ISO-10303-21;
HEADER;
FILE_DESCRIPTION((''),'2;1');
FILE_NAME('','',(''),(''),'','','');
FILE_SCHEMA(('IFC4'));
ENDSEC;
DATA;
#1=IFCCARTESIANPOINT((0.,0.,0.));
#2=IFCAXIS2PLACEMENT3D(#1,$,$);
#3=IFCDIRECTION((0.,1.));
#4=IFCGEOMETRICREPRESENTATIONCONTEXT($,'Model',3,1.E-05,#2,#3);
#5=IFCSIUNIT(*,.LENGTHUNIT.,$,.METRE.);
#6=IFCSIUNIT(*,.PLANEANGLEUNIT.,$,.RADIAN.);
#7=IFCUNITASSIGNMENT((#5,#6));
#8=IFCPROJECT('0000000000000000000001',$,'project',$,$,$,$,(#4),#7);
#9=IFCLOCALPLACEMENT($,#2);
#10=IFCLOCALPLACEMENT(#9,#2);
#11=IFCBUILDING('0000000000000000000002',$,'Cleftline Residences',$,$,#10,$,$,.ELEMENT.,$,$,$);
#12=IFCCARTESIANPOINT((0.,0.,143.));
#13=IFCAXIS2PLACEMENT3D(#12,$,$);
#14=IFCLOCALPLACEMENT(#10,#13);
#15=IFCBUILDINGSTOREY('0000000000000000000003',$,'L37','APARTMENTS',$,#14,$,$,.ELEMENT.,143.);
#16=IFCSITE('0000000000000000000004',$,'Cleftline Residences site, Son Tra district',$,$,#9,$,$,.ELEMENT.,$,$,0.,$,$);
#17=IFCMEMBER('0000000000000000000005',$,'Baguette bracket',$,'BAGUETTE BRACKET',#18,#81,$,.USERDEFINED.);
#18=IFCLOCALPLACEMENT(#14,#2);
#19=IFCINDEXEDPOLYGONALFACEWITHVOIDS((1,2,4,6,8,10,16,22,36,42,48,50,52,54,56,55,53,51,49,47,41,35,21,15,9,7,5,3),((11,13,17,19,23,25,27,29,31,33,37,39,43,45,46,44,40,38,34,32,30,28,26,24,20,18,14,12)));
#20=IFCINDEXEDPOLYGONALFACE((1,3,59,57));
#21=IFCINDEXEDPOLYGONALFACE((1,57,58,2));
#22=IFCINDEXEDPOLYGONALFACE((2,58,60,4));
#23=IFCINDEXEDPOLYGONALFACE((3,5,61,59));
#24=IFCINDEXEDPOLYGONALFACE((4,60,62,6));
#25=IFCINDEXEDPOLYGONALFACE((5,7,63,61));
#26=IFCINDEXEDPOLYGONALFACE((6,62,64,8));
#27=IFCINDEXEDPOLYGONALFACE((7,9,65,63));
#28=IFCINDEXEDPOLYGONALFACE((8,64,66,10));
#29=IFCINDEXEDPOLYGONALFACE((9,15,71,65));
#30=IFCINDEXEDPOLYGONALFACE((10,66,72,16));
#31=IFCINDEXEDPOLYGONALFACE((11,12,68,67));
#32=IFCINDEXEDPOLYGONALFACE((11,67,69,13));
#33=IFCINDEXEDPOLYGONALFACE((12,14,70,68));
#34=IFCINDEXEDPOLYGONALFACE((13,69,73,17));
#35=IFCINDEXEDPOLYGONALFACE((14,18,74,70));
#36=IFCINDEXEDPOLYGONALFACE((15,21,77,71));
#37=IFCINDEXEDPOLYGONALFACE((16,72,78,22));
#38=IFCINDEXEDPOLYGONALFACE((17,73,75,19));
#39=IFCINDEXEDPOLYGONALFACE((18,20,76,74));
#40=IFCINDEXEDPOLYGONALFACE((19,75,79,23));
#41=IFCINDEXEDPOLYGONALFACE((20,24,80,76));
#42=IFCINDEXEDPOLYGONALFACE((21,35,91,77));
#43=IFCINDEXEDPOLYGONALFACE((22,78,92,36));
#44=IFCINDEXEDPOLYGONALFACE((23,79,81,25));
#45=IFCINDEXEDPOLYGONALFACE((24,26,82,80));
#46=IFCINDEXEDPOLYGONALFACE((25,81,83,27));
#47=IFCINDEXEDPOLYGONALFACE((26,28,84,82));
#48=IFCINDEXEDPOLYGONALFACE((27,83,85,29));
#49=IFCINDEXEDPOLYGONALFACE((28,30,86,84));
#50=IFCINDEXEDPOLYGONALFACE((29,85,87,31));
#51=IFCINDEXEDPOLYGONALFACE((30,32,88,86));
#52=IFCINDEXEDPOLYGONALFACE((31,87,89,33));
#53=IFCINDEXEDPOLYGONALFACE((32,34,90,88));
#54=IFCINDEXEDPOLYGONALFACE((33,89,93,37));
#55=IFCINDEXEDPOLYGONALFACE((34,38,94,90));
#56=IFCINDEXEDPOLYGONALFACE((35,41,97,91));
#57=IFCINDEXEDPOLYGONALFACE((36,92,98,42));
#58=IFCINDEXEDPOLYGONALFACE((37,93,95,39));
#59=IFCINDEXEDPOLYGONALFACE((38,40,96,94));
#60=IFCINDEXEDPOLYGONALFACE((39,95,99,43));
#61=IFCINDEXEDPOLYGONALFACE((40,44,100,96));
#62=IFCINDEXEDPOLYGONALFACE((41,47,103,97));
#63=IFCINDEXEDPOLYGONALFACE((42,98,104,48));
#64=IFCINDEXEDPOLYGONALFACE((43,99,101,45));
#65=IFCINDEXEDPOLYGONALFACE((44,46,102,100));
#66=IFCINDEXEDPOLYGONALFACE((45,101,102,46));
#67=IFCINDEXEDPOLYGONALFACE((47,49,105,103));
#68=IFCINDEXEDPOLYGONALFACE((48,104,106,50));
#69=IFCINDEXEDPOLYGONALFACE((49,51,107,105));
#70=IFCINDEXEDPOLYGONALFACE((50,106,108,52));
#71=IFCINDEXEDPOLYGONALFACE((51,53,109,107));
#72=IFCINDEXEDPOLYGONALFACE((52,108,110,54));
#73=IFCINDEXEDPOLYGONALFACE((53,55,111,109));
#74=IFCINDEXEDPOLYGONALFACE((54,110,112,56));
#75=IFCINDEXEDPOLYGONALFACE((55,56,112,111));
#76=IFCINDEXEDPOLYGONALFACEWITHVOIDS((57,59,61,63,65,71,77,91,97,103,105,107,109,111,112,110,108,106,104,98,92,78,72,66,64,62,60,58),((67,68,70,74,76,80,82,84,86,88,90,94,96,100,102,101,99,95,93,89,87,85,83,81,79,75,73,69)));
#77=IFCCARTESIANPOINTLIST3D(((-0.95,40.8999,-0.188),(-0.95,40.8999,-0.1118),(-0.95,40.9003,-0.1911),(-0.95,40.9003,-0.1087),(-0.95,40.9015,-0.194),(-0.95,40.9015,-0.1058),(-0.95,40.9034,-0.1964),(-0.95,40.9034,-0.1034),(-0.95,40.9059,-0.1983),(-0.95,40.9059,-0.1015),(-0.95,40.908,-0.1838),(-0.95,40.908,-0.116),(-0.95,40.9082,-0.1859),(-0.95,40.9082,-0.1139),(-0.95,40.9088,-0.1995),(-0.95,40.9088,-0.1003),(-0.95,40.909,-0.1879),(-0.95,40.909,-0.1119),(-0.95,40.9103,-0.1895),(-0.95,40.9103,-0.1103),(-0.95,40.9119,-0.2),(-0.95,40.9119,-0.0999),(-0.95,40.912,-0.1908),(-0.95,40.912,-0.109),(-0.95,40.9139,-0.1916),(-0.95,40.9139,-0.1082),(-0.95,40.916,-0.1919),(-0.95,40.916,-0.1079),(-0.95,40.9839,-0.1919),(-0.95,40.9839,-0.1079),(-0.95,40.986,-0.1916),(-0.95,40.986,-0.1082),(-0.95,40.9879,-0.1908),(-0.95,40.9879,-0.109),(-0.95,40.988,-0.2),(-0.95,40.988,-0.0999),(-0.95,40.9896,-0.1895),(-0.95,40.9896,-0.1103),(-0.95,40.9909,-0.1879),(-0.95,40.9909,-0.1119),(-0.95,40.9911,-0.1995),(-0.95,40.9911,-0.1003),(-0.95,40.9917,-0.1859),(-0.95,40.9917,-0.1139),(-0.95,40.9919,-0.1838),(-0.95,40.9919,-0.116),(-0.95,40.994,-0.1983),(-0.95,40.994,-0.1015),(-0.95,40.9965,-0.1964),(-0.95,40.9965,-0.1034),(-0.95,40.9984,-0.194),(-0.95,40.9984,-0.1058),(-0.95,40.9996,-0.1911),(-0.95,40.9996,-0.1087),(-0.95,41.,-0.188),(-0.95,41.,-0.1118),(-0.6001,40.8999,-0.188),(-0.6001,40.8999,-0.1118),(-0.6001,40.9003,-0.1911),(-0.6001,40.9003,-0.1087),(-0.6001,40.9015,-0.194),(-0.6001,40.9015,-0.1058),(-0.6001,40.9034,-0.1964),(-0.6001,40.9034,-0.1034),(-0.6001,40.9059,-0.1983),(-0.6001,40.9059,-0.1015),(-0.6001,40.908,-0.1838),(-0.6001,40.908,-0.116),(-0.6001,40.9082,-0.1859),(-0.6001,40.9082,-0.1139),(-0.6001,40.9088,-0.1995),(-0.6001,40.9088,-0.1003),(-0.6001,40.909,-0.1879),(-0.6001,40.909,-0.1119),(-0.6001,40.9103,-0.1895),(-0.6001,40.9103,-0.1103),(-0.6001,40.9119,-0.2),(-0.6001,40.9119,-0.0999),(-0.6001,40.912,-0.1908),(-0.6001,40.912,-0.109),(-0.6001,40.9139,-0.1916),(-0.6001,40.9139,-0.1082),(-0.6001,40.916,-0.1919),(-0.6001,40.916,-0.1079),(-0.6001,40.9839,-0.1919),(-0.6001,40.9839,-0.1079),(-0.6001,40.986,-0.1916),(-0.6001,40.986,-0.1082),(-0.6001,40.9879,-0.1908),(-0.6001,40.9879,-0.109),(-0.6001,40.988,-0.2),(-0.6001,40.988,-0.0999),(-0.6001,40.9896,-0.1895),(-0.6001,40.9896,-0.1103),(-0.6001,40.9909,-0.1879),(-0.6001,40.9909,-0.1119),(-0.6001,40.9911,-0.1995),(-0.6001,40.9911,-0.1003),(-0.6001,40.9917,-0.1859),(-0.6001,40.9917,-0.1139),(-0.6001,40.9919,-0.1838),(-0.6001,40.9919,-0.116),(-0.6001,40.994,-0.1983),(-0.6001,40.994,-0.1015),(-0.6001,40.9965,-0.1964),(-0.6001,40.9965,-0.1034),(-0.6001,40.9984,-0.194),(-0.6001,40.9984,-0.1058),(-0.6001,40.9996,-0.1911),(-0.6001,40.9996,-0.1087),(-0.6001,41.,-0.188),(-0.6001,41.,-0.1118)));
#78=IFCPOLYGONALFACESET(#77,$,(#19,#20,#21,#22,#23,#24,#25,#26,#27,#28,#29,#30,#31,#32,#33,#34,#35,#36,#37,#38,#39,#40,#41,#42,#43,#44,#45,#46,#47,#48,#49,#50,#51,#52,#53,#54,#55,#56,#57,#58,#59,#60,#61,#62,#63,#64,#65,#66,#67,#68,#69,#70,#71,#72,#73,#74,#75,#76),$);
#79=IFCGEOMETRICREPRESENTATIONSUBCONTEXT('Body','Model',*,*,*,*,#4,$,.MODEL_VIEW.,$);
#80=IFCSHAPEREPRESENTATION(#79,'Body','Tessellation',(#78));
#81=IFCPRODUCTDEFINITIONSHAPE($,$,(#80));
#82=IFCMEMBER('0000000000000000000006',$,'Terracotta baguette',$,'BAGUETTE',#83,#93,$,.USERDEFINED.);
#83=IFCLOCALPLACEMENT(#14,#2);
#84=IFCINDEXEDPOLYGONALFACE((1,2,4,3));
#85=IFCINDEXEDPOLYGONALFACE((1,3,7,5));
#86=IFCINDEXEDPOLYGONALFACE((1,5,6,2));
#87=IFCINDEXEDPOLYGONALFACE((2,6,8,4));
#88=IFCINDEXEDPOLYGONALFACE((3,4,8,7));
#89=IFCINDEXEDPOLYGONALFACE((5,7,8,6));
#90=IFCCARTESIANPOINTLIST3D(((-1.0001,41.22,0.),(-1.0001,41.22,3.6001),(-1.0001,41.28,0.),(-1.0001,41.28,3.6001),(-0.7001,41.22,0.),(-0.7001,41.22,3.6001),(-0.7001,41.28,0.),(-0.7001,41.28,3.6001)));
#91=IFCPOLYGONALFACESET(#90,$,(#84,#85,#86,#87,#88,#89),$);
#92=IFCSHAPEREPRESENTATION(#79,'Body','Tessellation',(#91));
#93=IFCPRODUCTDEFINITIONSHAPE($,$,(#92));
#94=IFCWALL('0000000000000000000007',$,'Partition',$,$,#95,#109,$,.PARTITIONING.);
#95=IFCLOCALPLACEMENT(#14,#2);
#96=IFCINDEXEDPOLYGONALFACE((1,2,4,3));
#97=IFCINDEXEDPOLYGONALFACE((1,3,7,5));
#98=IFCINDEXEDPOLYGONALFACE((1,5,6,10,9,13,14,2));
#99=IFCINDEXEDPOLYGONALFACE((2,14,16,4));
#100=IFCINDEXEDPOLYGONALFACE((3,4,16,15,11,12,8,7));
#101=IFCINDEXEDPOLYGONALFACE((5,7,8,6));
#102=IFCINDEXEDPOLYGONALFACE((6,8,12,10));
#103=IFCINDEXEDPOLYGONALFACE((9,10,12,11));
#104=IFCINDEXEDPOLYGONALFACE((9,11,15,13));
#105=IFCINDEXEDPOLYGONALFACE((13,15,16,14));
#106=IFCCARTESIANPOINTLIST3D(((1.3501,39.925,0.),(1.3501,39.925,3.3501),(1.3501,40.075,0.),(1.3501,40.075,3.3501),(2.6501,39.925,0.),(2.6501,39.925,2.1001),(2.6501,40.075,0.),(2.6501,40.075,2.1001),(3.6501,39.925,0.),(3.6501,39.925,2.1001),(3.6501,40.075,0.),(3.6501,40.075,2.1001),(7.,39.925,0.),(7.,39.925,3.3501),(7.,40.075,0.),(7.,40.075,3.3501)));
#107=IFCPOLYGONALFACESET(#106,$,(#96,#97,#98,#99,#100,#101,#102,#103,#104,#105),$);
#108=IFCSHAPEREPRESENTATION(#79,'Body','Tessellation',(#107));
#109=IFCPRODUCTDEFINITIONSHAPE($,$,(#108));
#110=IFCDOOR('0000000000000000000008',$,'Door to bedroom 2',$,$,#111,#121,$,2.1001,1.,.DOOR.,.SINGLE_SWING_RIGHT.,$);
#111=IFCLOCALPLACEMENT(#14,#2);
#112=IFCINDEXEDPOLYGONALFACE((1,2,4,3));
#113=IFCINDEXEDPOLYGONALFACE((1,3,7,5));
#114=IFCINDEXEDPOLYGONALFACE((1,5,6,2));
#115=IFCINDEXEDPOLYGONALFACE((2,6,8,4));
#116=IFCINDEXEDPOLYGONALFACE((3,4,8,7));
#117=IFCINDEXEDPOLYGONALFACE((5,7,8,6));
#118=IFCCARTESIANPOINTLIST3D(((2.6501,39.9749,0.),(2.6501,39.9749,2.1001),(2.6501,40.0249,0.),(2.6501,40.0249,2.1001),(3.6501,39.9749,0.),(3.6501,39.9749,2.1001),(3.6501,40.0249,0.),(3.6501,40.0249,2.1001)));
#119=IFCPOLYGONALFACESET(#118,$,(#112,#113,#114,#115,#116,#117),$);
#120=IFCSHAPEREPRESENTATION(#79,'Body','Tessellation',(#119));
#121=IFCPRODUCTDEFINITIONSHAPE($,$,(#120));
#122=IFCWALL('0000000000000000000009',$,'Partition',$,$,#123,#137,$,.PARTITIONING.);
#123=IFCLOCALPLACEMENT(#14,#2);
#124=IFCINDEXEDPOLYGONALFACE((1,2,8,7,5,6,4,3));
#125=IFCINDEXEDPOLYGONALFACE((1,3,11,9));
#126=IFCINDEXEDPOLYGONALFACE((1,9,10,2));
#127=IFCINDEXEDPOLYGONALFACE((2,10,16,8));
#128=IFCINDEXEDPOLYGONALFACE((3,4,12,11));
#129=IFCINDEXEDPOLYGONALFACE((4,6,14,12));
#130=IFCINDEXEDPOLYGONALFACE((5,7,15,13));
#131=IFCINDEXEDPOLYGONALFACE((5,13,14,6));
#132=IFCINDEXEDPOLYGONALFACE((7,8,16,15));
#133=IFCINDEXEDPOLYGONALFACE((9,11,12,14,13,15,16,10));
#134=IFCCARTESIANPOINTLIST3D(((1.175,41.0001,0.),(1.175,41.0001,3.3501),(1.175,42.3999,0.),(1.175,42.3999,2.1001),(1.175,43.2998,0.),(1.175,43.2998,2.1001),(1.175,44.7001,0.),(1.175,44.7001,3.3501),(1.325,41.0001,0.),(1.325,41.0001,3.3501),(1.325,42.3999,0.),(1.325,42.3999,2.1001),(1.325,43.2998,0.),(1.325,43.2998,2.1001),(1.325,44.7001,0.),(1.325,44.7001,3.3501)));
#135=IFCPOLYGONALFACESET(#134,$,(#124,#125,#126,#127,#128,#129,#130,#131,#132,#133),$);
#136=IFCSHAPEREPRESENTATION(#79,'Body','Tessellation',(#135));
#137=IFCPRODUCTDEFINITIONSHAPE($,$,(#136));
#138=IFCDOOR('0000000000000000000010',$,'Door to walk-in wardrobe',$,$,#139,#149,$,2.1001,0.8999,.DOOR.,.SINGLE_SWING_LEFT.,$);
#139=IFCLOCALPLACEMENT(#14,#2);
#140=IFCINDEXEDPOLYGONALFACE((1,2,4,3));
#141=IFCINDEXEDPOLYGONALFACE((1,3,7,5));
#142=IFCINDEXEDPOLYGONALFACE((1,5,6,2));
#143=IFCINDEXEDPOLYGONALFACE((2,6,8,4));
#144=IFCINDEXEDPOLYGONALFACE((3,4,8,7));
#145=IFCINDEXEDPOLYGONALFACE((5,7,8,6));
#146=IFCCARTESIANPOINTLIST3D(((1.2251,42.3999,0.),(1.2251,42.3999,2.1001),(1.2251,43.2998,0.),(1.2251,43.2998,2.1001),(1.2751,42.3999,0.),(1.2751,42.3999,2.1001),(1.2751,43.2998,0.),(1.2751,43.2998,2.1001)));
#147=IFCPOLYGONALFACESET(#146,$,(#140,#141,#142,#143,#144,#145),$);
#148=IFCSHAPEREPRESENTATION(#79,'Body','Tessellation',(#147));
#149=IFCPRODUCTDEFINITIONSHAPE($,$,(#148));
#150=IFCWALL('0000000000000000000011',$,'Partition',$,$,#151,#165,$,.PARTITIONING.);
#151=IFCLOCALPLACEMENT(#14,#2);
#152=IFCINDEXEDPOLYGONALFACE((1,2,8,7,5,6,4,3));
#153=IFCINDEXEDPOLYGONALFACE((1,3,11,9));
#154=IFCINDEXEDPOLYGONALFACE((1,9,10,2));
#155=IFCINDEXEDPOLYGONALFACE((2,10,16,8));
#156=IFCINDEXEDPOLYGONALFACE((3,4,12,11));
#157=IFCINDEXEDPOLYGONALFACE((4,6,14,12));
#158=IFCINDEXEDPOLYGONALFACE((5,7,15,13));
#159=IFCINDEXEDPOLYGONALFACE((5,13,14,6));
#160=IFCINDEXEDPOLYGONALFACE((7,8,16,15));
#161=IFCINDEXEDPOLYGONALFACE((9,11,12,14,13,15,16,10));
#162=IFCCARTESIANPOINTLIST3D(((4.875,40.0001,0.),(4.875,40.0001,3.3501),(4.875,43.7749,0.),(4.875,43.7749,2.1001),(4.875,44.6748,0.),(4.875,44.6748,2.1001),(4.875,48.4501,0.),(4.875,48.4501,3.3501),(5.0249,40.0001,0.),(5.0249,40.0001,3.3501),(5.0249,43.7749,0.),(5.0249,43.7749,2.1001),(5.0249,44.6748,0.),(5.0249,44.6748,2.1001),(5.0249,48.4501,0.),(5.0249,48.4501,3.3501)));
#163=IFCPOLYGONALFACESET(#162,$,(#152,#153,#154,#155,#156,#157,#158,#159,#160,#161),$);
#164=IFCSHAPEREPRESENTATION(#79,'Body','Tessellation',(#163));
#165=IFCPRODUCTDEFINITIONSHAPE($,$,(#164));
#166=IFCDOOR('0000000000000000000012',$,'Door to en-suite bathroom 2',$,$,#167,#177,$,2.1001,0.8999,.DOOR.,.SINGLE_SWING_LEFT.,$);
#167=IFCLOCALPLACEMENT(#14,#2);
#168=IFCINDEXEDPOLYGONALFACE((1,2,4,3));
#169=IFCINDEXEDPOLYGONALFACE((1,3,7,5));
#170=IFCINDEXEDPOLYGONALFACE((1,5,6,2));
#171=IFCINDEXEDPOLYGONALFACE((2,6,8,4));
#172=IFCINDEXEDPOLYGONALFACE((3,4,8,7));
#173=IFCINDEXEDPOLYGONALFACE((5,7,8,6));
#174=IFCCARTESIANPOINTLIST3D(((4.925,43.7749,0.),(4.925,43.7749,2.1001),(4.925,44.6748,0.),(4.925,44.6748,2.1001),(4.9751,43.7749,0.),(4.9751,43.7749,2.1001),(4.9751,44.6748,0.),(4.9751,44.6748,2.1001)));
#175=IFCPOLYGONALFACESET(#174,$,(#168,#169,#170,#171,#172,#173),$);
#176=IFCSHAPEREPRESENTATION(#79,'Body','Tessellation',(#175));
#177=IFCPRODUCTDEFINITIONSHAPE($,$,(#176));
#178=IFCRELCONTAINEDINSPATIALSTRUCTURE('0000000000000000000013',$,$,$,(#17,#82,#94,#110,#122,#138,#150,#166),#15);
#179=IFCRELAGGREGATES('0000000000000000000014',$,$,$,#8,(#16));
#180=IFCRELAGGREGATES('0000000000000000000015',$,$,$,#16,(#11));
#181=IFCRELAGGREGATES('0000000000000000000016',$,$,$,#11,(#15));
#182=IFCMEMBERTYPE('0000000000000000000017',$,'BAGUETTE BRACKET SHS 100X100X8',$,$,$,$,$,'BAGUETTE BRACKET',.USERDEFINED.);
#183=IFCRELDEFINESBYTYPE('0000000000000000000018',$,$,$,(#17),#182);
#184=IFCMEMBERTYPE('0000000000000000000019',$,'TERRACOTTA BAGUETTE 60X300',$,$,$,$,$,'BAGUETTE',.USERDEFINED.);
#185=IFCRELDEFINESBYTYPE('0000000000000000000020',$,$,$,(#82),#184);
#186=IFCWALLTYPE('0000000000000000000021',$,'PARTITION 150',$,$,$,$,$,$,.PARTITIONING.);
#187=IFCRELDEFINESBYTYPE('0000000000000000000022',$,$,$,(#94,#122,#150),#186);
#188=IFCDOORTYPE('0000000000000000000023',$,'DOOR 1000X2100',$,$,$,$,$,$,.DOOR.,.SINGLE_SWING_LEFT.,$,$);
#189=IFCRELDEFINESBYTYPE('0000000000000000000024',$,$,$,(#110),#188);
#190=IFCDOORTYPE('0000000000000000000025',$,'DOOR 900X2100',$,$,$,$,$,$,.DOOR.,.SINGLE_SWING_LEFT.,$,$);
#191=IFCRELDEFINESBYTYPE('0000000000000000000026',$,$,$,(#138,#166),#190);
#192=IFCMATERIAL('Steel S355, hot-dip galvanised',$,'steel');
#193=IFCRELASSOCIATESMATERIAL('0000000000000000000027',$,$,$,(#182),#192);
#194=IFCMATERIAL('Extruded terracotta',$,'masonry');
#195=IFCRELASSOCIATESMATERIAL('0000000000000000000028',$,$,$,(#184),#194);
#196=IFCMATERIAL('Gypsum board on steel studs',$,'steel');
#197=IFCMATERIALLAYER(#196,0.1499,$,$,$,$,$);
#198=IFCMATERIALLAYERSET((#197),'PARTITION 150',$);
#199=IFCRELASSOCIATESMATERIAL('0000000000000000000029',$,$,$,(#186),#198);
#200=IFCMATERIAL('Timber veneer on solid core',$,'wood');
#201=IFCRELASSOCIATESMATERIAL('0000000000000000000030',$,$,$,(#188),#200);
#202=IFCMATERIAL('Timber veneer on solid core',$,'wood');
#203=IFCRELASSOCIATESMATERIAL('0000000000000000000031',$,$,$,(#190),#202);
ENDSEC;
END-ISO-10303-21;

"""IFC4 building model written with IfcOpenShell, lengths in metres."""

from ifc_helpers import new_model, si_unit, direction, frame, frame_2d, origin, origin_2d, place, context, subcontext, project, spatial, rectangle, hollow_rectangle, extrude, material, layer, layer_set, material_profile, profile_set, type_object, element, fill, save


model = new_model("IFC4")

# Units and contexts
model_context = context("Model", 3, precision=1e-05, world=origin(), true_north=direction((0.0, 1.0)))
body_context = subcontext(model_context, "Body", "Model", "MODEL_VIEW")
ifc_project = project(units=[si_unit("LENGTHUNIT", "METRE"), si_unit("PLANEANGLEUNIT", "RADIAN")], contexts=[model_context])

# Site, building, storey
site_placement = place(None, origin())
site = spatial("IfcSite", under=ifc_project, at=site_placement, Name="Cleftline Residences site, Son Tra district", CompositionType="ELEMENT", RefElevation=0.0)
building_placement = place(site_placement, origin())
building = spatial("IfcBuilding", under=site, at=building_placement, Name="Cleftline Residences", CompositionType="ELEMENT")
storey_placement = place(building_placement, frame((0.0, 0.0, 143.0)))
storey = spatial("IfcBuildingStorey", under=building, at=storey_placement, Name="L37", Description="APARTMENTS", CompositionType="ELEMENT", Elevation=143.0)

# Members
ifc_material_1 = material(Name="Steel S355, hot-dip galvanised", Category="steel")
ifc_material_profile_1 = material_profile(ifc_material_1, hollow_rectangle(XDim=0.1001, YDim=0.1001, WallThickness=0.0081, InnerFilletRadius=0.0081, OuterFilletRadius=0.012, at=origin_2d()))
ifc_profile_set_1 = profile_set([ifc_material_profile_1], Name="Steel S355, hot-dip galvanised")
member_type_1 = type_object("IfcMemberType", Name="BAGUETTE BRACKET SHS 100X100X8", ElementType="BAGUETTE BRACKET", PredefinedType="USERDEFINED", material=ifc_profile_set_1)
member_1_placement = place(storey_placement, frame((-0.6001, 40.95, -0.1499), z_axis=(-1.0, 0.0, 0.0), x_axis=(0.0, -1.0, 0.0)))
element("IfcMember", 1, at=member_1_placement, inside=storey, type_object=member_type_1, Name="Baguette bracket", ObjectType="BAGUETTE BRACKET", PredefinedType="USERDEFINED", context=body_context, shape_type="SweptSolid", body=[
    extrude(hollow_rectangle(XDim=0.1001, YDim=0.1001, WallThickness=0.0081, InnerFilletRadius=0.0081, OuterFilletRadius=0.012, at=origin_2d()), origin(), (0.0, 0.0, 1.0), 0.3499),
])
ifc_material_2 = material(Name="Extruded terracotta", Category="masonry")
ifc_material_profile_2 = material_profile(ifc_material_2, rectangle(XDim=0.0601, YDim=0.3, at=origin_2d()))
ifc_profile_set_2 = profile_set([ifc_material_profile_2], Name="Extruded terracotta")
member_type_2 = type_object("IfcMemberType", Name="TERRACOTTA BAGUETTE 60X300", ElementType="BAGUETTE", PredefinedType="USERDEFINED", material=ifc_profile_set_2)
member_2_placement = place(storey_placement, frame((-0.8501, 41.25, 0.0), z_axis=(0.0, 0.0, 1.0), x_axis=(0.0, 1.0, 0.0)))
element("IfcMember", 2, at=member_2_placement, inside=storey, type_object=member_type_2, Name="Terracotta baguette", ObjectType="BAGUETTE", PredefinedType="USERDEFINED", context=body_context, shape_type="SweptSolid", body=[
    extrude(rectangle(XDim=0.0601, YDim=0.3, at=origin_2d()), origin(), (0.0, 0.0, 1.0), 3.6001),
])

# Walls, openings, doors
ifc_material_3 = material(Name="Gypsum board on steel studs", Category="steel")
ifc_layer = layer(ifc_material_3, 0.1499)
ifc_layer_set = layer_set([ifc_layer], Name="PARTITION 150")
wall_type = type_object("IfcWallType", Name="PARTITION 150", PredefinedType="PARTITIONING", material=ifc_layer_set)
wall_1_placement = place(storey_placement, frame((1.3501, 40.0, 0.0), z_axis=(0.0, 0.0, 1.0), x_axis=(1.0, 0.0, 0.0)))
wall_1 = element("IfcWall", 3, at=wall_1_placement, inside=storey, type_object=wall_type, Name="Partition", PredefinedType="PARTITIONING", context=body_context, shape_type="SweptSolid", body=[
    extrude(rectangle(XDim=5.6499, YDim=0.1499, at=frame_2d((2.825, 0.0))), origin(), (0.0, 0.0, 1.0), 3.3501),
])
opening_1_placement = place(wall_1_placement, frame((1.3, 0.0, 0.0)))
opening_1 = element("IfcOpeningElement", 4, at=opening_1_placement, cuts=wall_1, PredefinedType="OPENING", context=body_context, shape_type="SweptSolid", body=[
    extrude(rectangle(XDim=1.0, YDim=2.1001, at=frame_2d((0.5, 1.05))), frame((0.0, 0.085, 0.0), z_axis=(0.0, -1.0, 0.0), x_axis=(1.0, 0.0, 0.0)), (0.0, 0.0, 1.0), 0.1699),
])
ifc_material_4 = material(Name="Timber veneer on solid core", Category="wood")
door_type_1 = type_object("IfcDoorType", Name="DOOR 1000X2100", OperationType="SINGLE_SWING_LEFT", PredefinedType="DOOR", material=ifc_material_4)
door_1_placement = place(opening_1_placement, origin())
door_1 = element("IfcDoor", 5, at=door_1_placement, inside=storey, type_object=door_type_1, Name="Door to bedroom 2", OperationType="SINGLE_SWING_RIGHT", OverallHeight=2.1001, OverallWidth=1.0, PredefinedType="DOOR", context=body_context, shape_type="SweptSolid", body=[
    extrude(rectangle(XDim=1.0, YDim=2.1001, at=frame_2d((0.5, 1.05))), frame((0.0, 0.0249, 0.0), z_axis=(0.0, -1.0, 0.0), x_axis=(1.0, 0.0, 0.0)), (0.0, 0.0, 1.0), 0.05),
])
fill(opening_1, door_1)
wall_2_placement = place(storey_placement, frame((1.25, 41.0, 0.0), z_axis=(0.0, 0.0, 1.0), x_axis=(0.0, 1.0, 0.0)))
wall_2 = element("IfcWall", 6, at=wall_2_placement, inside=storey, type_object=wall_type, Name="Partition", PredefinedType="PARTITIONING", context=body_context, shape_type="SweptSolid", body=[
    extrude(rectangle(XDim=3.7, YDim=0.1499, at=frame_2d((1.8501, 0.0))), origin(), (0.0, 0.0, 1.0), 3.3501),
])
opening_2_placement = place(wall_2_placement, frame((1.3999, 0.0, 0.0)))
opening_2 = element("IfcOpeningElement", 7, at=opening_2_placement, cuts=wall_2, PredefinedType="OPENING", context=body_context, shape_type="SweptSolid", body=[
    extrude(rectangle(XDim=0.8999, YDim=2.1001, at=frame_2d((0.45, 1.05))), frame((0.0, 0.085, 0.0), z_axis=(0.0, -1.0, 0.0), x_axis=(1.0, 0.0, 0.0)), (0.0, 0.0, 1.0), 0.1699),
])
ifc_material_5 = material(Name="Timber veneer on solid core", Category="wood")
door_type_2 = type_object("IfcDoorType", Name="DOOR 900X2100", OperationType="SINGLE_SWING_LEFT", PredefinedType="DOOR", material=ifc_material_5)
door_2_placement = place(opening_2_placement, origin())
door_2 = element("IfcDoor", 8, at=door_2_placement, inside=storey, type_object=door_type_2, Name="Door to walk-in wardrobe", OperationType="SINGLE_SWING_LEFT", OverallHeight=2.1001, OverallWidth=0.8999, PredefinedType="DOOR", context=body_context, shape_type="SweptSolid", body=[
    extrude(rectangle(XDim=0.8999, YDim=2.1001, at=frame_2d((0.45, 1.05))), frame((0.0, 0.0249, 0.0), z_axis=(0.0, -1.0, 0.0), x_axis=(1.0, 0.0, 0.0)), (0.0, 0.0, 1.0), 0.05),
])
fill(opening_2, door_2)
wall_3_placement = place(storey_placement, frame((4.95, 40.0, 0.0), z_axis=(0.0, 0.0, 1.0), x_axis=(0.0, 1.0, 0.0)))
wall_3 = element("IfcWall", 9, at=wall_3_placement, inside=storey, type_object=wall_type, Name="Partition", PredefinedType="PARTITIONING", context=body_context, shape_type="SweptSolid", body=[
    extrude(rectangle(XDim=8.45, YDim=0.1499, at=frame_2d((4.2251, 0.0))), origin(), (0.0, 0.0, 1.0), 3.3501),
])
opening_3_placement = place(wall_3_placement, frame((3.7749, 0.0, 0.0)))
opening_3 = element("IfcOpeningElement", 10, at=opening_3_placement, cuts=wall_3, PredefinedType="OPENING", context=body_context, shape_type="SweptSolid", body=[
    extrude(rectangle(XDim=0.8999, YDim=2.1001, at=frame_2d((0.45, 1.05))), frame((0.0, 0.085, 0.0), z_axis=(0.0, -1.0, 0.0), x_axis=(1.0, 0.0, 0.0)), (0.0, 0.0, 1.0), 0.1699),
])
door_3_placement = place(opening_3_placement, origin())
door_3 = element("IfcDoor", 11, at=door_3_placement, inside=storey, type_object=door_type_2, Name="Door to en-suite bathroom 2", OperationType="SINGLE_SWING_LEFT", OverallHeight=2.1001, OverallWidth=0.8999, PredefinedType="DOOR", context=body_context, shape_type="SweptSolid", body=[
    extrude(rectangle(XDim=0.8999, YDim=2.1001, at=frame_2d((0.45, 1.05))), frame((0.0, 0.0249, 0.0), z_axis=(0.0, -1.0, 0.0), x_axis=(1.0, 0.0, 0.0)), (0.0, 0.0, 1.0), 0.05),
])
fill(opening_3, door_3)

save(model, "model.ifc")
